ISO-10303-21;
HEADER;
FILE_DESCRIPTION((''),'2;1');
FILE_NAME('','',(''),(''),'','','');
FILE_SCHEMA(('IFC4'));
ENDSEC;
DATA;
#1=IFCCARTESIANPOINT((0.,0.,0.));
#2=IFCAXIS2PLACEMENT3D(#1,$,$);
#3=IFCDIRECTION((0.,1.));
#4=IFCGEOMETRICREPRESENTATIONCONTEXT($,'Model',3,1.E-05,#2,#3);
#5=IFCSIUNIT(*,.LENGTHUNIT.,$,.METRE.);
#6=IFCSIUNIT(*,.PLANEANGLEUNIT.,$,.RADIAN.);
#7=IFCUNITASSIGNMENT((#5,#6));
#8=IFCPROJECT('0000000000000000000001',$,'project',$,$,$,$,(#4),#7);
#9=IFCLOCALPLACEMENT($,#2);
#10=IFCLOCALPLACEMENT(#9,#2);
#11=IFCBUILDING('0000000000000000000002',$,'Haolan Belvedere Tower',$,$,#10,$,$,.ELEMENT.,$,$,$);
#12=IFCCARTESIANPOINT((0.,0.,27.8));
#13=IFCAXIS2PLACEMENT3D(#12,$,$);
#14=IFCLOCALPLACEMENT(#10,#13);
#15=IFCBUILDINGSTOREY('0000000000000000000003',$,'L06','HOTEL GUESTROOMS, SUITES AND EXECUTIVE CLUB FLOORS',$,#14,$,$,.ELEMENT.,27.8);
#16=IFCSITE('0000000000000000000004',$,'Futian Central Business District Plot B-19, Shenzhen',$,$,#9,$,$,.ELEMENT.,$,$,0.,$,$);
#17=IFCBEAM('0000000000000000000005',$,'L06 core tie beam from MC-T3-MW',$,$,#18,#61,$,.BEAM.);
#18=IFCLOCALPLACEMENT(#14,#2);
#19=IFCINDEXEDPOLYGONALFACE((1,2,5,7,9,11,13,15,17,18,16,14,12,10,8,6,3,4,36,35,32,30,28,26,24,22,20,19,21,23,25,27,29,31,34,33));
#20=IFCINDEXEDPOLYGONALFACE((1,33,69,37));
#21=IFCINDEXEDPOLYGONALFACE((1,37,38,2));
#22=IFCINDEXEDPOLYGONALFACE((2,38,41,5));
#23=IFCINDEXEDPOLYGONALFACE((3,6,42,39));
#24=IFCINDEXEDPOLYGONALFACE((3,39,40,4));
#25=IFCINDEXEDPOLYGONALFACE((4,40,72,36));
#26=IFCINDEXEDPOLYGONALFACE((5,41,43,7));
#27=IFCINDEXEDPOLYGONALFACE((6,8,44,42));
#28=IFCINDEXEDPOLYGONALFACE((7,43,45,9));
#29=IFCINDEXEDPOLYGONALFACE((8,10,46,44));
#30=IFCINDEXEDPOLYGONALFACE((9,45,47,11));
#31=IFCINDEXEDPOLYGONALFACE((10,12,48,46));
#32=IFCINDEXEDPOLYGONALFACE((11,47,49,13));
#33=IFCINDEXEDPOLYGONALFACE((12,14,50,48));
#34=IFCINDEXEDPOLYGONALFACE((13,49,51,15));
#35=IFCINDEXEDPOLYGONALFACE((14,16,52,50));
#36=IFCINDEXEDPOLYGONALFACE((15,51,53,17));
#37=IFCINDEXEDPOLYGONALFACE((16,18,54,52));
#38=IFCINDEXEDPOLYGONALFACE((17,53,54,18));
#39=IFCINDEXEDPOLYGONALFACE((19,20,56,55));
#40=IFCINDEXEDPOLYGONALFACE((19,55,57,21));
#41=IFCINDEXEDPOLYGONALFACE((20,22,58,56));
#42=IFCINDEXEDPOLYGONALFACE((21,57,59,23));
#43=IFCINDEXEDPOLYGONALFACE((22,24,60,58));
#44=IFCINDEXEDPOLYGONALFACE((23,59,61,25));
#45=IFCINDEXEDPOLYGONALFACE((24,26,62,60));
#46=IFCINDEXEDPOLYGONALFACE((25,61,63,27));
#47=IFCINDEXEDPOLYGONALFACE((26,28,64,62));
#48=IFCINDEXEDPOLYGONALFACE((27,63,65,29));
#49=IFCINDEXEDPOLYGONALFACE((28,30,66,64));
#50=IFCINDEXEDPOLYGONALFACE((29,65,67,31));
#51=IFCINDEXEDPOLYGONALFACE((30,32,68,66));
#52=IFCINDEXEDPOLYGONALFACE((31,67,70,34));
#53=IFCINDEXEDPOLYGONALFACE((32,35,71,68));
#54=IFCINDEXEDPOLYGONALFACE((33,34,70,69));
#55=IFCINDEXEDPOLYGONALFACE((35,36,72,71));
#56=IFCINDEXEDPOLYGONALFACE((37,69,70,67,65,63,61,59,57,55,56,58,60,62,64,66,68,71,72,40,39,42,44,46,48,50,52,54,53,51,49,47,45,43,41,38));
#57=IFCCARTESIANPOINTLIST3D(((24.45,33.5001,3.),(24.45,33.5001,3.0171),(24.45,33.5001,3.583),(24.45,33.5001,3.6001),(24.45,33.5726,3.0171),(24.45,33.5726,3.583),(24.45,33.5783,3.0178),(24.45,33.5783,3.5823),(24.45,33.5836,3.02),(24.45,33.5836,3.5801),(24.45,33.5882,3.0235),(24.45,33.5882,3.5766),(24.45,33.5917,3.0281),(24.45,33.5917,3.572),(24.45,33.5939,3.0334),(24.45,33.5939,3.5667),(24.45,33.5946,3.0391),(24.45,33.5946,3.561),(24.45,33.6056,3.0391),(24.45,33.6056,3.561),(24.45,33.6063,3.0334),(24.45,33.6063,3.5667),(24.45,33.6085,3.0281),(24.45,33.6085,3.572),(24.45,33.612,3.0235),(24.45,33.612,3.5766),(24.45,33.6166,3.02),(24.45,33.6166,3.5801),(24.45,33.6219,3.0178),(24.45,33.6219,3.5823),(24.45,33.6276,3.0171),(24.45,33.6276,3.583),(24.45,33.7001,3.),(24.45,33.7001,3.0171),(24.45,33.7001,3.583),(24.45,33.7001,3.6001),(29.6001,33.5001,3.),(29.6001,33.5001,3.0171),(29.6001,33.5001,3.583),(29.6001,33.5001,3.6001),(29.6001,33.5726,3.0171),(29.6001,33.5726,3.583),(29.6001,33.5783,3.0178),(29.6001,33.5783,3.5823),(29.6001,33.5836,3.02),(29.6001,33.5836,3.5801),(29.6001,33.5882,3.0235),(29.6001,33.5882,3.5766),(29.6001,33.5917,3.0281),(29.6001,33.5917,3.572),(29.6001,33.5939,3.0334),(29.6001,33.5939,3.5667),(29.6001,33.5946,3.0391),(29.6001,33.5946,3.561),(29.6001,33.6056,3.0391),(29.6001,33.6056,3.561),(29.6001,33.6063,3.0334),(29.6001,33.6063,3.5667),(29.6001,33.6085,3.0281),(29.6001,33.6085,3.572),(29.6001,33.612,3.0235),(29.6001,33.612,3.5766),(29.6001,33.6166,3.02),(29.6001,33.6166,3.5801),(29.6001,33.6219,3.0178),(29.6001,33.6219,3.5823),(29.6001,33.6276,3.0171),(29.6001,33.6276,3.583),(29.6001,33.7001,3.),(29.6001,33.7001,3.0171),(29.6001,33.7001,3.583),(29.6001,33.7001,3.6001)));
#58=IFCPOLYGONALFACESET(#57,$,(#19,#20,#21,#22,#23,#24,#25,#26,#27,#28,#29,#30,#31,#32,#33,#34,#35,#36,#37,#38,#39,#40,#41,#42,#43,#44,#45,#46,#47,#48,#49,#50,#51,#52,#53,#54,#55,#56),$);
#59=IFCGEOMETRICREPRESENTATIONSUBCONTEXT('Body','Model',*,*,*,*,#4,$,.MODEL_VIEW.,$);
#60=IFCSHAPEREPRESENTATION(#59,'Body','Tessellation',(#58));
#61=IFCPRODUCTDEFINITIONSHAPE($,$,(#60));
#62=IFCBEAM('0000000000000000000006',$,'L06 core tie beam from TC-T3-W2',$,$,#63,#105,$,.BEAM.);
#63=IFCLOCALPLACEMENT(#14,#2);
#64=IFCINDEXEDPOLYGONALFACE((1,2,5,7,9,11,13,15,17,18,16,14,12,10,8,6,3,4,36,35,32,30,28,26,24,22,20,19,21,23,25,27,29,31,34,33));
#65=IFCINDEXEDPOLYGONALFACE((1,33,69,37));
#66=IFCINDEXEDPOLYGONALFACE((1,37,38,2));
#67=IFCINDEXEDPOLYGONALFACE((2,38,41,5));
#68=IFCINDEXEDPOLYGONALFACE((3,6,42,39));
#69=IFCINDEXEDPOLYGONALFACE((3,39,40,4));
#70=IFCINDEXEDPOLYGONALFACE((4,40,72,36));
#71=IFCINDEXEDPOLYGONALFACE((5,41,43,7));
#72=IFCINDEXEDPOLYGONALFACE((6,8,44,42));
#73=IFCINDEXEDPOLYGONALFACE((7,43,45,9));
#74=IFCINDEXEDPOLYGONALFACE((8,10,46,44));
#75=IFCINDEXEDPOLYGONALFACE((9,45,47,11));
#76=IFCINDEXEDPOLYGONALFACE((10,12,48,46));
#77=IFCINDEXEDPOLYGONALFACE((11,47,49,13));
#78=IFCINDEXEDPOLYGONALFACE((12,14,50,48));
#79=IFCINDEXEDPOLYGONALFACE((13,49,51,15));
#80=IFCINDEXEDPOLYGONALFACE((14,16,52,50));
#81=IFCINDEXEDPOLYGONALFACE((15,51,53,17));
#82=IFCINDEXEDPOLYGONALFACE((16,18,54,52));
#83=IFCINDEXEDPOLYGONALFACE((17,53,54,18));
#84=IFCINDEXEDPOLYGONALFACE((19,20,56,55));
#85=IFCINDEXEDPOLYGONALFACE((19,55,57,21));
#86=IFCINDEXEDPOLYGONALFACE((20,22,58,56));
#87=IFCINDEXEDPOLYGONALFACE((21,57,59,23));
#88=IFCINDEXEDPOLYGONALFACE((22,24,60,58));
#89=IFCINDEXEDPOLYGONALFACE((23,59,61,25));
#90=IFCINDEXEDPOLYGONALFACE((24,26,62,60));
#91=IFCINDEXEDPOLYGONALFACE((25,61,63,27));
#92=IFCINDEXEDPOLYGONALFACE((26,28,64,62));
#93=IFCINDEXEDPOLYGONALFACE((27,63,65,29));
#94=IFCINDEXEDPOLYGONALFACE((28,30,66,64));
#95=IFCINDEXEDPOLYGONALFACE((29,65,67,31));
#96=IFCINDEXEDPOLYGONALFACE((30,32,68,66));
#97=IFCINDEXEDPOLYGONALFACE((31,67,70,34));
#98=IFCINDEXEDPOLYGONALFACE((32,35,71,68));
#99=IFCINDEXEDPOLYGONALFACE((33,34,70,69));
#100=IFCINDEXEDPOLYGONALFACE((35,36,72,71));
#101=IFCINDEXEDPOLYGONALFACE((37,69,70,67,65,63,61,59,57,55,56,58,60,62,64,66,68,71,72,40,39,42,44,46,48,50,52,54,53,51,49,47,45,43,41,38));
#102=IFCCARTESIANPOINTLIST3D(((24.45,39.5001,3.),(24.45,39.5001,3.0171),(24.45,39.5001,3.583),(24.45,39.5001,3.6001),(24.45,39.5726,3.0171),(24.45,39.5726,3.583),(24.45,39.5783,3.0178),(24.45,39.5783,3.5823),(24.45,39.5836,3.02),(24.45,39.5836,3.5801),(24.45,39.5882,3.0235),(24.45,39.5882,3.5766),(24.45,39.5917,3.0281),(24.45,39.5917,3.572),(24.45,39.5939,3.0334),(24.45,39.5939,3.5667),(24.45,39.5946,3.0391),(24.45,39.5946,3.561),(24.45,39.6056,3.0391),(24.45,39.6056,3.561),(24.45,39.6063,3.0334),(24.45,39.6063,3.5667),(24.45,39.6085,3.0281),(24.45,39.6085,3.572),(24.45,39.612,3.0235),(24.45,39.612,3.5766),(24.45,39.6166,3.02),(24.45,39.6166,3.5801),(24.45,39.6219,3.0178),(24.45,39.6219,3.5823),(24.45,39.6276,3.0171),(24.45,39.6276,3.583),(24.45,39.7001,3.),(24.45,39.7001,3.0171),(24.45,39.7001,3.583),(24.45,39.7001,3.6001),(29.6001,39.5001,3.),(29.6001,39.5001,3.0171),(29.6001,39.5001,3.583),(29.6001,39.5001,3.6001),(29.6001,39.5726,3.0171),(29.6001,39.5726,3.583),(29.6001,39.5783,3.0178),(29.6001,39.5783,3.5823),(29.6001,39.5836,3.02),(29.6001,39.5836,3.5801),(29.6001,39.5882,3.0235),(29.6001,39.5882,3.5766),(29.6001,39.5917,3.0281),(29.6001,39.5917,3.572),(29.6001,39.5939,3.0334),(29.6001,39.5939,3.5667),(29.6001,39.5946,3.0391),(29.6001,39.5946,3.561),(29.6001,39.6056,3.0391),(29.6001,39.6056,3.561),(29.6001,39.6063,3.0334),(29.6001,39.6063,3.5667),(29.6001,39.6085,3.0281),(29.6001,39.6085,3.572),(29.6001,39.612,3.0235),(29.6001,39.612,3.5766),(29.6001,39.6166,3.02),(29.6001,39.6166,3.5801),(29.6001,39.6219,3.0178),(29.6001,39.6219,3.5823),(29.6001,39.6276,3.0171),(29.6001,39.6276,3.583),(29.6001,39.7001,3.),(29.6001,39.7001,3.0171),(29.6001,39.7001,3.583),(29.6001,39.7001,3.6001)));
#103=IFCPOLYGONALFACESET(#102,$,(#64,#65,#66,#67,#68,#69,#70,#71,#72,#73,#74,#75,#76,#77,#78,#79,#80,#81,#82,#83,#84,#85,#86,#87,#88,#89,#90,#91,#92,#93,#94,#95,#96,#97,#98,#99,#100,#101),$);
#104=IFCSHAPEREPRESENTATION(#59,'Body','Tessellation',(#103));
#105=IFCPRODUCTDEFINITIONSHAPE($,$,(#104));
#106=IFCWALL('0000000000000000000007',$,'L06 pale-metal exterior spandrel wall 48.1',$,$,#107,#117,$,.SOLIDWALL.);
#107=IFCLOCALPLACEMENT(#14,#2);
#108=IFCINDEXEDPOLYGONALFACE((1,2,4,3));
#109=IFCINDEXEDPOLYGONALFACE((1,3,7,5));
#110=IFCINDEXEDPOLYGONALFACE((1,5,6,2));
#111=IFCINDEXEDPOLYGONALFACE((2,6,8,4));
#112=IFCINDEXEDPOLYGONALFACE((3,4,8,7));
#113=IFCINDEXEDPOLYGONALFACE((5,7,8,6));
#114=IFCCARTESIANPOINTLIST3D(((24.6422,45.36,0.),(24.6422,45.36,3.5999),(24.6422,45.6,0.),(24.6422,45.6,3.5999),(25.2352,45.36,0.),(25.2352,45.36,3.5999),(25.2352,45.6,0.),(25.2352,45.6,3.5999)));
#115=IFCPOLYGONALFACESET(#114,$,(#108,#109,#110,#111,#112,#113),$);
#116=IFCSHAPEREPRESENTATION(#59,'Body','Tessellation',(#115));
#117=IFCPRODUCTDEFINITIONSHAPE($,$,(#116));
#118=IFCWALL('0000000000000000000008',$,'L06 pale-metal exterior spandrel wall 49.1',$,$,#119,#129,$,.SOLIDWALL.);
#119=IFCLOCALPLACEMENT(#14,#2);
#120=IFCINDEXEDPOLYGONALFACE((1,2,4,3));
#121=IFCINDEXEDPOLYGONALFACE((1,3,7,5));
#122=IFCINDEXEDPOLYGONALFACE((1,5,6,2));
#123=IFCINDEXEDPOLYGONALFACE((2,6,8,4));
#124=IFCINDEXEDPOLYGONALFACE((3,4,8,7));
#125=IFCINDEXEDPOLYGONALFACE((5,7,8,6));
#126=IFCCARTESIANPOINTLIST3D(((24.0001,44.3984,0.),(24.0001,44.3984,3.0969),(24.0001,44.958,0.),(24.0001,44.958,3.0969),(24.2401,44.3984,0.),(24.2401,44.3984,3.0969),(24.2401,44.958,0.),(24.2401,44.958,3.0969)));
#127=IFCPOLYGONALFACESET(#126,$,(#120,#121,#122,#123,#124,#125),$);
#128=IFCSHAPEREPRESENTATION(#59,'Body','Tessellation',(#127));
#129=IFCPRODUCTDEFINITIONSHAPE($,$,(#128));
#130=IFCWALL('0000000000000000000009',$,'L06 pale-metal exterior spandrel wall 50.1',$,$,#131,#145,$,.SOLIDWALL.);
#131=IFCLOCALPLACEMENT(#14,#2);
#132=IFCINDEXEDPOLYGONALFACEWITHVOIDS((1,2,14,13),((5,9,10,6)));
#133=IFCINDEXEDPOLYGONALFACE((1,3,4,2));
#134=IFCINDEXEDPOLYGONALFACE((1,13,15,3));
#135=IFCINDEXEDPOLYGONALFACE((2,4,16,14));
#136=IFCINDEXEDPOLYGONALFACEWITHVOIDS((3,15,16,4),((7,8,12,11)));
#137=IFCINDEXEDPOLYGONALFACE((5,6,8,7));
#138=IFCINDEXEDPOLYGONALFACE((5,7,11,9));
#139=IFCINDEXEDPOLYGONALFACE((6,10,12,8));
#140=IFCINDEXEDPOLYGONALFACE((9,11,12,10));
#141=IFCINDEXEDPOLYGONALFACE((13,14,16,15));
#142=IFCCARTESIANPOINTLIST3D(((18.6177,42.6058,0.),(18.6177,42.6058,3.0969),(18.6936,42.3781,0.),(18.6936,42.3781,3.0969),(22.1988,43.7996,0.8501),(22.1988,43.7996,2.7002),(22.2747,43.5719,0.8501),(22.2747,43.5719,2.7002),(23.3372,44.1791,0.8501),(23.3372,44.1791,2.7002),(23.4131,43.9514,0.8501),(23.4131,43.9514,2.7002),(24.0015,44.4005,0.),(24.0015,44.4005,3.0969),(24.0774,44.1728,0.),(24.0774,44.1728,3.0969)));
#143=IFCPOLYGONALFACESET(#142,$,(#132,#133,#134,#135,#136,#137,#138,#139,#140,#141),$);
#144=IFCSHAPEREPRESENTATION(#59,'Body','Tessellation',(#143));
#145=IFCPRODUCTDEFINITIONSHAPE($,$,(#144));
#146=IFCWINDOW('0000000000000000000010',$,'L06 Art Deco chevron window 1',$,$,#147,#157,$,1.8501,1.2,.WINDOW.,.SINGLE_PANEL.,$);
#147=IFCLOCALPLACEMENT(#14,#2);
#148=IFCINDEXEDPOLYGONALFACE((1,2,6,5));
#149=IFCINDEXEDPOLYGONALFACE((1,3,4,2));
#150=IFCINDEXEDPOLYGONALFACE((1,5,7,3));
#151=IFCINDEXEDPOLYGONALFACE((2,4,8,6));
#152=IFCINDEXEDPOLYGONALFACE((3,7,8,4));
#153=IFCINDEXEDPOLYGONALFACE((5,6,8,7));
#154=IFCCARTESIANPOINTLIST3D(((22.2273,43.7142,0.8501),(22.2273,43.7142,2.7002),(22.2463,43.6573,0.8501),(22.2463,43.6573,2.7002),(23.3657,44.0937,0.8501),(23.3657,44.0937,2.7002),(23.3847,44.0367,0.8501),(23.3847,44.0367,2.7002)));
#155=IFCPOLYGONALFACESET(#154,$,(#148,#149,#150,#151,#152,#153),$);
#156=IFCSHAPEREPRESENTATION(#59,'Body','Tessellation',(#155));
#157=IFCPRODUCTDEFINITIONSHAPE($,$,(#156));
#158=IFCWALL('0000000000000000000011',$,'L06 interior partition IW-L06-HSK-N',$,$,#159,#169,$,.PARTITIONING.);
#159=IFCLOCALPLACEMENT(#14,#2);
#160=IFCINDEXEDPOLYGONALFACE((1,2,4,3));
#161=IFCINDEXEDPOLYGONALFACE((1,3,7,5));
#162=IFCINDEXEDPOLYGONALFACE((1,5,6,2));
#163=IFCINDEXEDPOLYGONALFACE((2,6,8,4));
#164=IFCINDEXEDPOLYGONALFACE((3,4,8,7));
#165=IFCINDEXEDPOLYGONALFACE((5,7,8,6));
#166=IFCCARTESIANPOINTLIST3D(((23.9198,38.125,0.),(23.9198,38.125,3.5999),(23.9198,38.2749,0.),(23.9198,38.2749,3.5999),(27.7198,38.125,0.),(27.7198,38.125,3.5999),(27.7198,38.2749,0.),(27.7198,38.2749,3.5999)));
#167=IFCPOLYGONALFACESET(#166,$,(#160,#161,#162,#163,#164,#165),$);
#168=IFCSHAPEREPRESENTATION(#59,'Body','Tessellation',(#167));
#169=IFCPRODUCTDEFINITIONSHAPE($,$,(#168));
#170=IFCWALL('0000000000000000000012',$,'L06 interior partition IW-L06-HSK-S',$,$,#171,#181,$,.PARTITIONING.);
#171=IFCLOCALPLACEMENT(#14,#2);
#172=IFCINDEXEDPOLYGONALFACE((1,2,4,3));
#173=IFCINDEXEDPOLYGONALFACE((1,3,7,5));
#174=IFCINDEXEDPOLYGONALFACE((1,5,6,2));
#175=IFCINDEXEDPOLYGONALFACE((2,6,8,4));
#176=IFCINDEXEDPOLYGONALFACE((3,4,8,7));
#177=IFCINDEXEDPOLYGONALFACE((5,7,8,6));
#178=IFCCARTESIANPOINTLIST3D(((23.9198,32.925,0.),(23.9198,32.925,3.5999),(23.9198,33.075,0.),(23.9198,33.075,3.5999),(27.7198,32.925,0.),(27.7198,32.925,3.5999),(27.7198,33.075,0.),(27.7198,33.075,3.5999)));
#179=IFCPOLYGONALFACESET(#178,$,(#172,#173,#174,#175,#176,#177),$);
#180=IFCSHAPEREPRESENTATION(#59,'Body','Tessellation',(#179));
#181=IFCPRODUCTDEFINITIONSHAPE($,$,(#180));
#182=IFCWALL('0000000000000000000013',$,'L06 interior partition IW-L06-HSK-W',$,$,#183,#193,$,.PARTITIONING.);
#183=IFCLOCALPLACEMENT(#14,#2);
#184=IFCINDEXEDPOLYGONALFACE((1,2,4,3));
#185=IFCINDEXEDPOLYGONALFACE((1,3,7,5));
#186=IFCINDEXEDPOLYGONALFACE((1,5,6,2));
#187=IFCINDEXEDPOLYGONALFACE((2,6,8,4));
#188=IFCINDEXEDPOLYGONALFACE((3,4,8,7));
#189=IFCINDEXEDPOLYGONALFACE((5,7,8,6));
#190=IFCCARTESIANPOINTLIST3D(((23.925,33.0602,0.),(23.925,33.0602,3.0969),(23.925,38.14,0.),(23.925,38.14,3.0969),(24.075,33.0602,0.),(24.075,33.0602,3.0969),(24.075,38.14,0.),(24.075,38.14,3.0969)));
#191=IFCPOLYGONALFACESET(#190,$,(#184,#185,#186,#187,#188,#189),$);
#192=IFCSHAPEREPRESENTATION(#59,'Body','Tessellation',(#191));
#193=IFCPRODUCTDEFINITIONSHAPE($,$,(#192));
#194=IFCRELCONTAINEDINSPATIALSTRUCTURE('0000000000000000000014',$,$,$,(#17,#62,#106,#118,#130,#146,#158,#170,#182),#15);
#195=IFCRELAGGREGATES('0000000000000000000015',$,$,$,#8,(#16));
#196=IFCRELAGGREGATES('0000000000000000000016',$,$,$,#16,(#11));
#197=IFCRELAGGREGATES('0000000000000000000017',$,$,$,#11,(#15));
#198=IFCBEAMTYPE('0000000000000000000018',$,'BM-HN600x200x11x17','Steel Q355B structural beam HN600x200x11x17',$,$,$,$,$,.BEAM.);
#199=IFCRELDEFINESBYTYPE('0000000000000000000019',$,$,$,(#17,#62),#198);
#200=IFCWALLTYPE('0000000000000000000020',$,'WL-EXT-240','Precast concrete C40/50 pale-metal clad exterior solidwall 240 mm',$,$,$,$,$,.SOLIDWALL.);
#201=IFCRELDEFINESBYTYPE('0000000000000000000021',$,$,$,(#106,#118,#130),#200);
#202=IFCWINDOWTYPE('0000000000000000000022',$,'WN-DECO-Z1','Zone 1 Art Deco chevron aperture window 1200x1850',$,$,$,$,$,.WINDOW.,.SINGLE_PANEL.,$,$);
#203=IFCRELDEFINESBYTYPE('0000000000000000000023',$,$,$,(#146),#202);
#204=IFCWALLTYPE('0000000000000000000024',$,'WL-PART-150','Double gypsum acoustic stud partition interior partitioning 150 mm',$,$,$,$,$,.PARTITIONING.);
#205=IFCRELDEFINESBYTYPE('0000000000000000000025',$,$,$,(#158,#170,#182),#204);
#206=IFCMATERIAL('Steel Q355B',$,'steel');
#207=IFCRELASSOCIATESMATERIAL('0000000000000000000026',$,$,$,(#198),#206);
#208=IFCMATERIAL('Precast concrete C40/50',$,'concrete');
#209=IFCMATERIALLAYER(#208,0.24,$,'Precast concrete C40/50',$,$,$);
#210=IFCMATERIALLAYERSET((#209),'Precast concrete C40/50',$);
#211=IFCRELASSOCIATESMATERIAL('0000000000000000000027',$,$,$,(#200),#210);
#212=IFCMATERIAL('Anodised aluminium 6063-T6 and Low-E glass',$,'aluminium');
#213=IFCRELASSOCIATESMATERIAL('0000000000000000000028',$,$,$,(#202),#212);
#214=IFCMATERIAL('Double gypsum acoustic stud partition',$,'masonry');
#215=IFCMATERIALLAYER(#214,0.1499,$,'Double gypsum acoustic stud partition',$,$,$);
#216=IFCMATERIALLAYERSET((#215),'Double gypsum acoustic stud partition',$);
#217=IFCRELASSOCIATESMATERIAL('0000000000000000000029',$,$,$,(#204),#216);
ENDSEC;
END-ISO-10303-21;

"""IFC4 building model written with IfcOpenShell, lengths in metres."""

from ifc_helpers import new_model, si_unit, direction, frame, frame_2d, origin, origin_2d, place, context, subcontext, project, spatial, rectangle, i_section, extrude, material, layer, layer_set, material_profile, profile_set, type_object, element, fill, save


model = new_model("IFC4")

# Units and contexts
model_context = context("Model", 3, precision=1e-05, world=origin(), true_north=direction((0.0, 1.0)))
body_context = subcontext(model_context, "Body", "Model", "MODEL_VIEW")
ifc_project = project(units=[si_unit("LENGTHUNIT", "METRE"), si_unit("PLANEANGLEUNIT", "RADIAN")], contexts=[model_context])

# Site, building, storey
site_placement = place(None, origin())
site = spatial("IfcSite", under=ifc_project, at=site_placement, Name="Futian Central Business District Plot B-19, Shenzhen", CompositionType="ELEMENT", RefElevation=0.0)
building_placement = place(site_placement, origin())
building = spatial("IfcBuilding", under=site, at=building_placement, Name="Haolan Belvedere Tower", CompositionType="ELEMENT")
storey_placement = place(building_placement, frame((0.0, 0.0, 27.8)))
storey = spatial("IfcBuildingStorey", under=building, at=storey_placement, Name="L06", Description="HOTEL GUESTROOMS, SUITES AND EXECUTIVE CLUB FLOORS", CompositionType="ELEMENT", Elevation=27.8)

# Shared definitions
ifc_material_1 = material(Name="Steel Q355B", Category="steel")

# Beams
ifc_material_profile_1 = material_profile(ifc_material_1, i_section(OverallWidth=0.2, OverallDepth=0.6001, WebThickness=0.011, FlangeThickness=0.0171, FilletRadius=0.022, at=origin_2d()), Name="Steel Q355B")
ifc_profile_set_1 = profile_set([ifc_material_profile_1], Name="Steel Q355B")
beam_type_1 = type_object("IfcBeamType", Name="BM-HN600x200x11x17", Description="Steel Q355B structural beam HN600x200x11x17", PredefinedType="BEAM", material=ifc_profile_set_1)
for number, where, z_axis, x_axis, name in (
    (1, (24.45, 33.6001, 3.3), (1.0, 0.0, 0.0), (0.0, 1.0, 0.0), "L06 core tie beam from MC-T3-MW"),
    (2, (24.45, 39.6001, 3.3), (1.0, 0.0, 0.0), (0.0, 1.0, 0.0), "L06 core tie beam from TC-T3-W2"),
):
    element("IfcBeam", number, at=place(storey_placement, frame(where, z_axis=z_axis, x_axis=x_axis)), inside=storey, type_object=beam_type_1, Name=name, PredefinedType="BEAM", context=body_context, shape_type="SweptSolid", body=[
        extrude(i_section(OverallWidth=0.2, OverallDepth=0.6001, WebThickness=0.011, FlangeThickness=0.0171, FilletRadius=0.022, at=origin_2d()), origin(), (0.0, 0.0, 1.0), 5.1501),
    ])

# Walls
ifc_material_2 = material(Name="Precast concrete C40/50", Category="concrete")
ifc_layer_1 = layer(ifc_material_2, 0.24, Name="Precast concrete C40/50")
ifc_layer_set_1 = layer_set([ifc_layer_1], Name="Precast concrete C40/50")
wall_type_1 = type_object("IfcWallType", Name="WL-EXT-240", Description="Precast concrete C40/50 pale-metal clad exterior solidwall 240 mm", PredefinedType="SOLIDWALL", material=ifc_layer_set_1)
wall_1_placement = place(storey_placement, frame((25.2351, 45.48, 0.0), z_axis=(0.0, 0.0, 1.0), x_axis=(-1.0, 0.0, 0.0)))
element("IfcWall", 3, at=wall_1_placement, inside=storey, type_object=wall_type_1, Name="L06 pale-metal exterior spandrel wall 48.1", PredefinedType="SOLIDWALL", context=body_context, shape_type="SweptSolid", body=[
    extrude(rectangle(XDim=0.593, YDim=0.24, at=frame_2d((0.2964, 0.0))), origin(), (0.0, 0.0, 1.0), 3.5999),
])
wall_2_placement = place(storey_placement, frame((24.1201, 44.958, 0.0), z_axis=(0.0, 0.0, 1.0), x_axis=(0.0, -1.0, 0.0)))
element("IfcWall", 4, at=wall_2_placement, inside=storey, type_object=wall_type_1, Name="L06 pale-metal exterior spandrel wall 49.1", PredefinedType="SOLIDWALL", context=body_context, shape_type="SweptSolid", body=[
    extrude(rectangle(XDim=0.5596, YDim=0.24, at=frame_2d((0.2798, 0.0))), origin(), (0.0, 0.0, 1.0), 3.0969),
])

# Wall, opening, window
wall_3_placement = place(storey_placement, frame((24.0393, 44.2866, 0.0), z_axis=(0.0, 0.0, 1.0), x_axis=(-0.948679, -0.316241, 0.0)))
wall_3 = element("IfcWall", 5, at=wall_3_placement, inside=storey, type_object=wall_type_1, Name="L06 pale-metal exterior spandrel wall 50.1", PredefinedType="SOLIDWALL", context=body_context, shape_type="SweptSolid", body=[
    extrude(rectangle(XDim=5.675, YDim=0.24, at=frame_2d((2.8374, 0.0))), origin(), (0.0, 0.0, 1.0), 3.0969),
])
opening_1_placement = place(wall_3_placement, frame((0.7, 0.0, 0.8501)))
opening_1 = element("IfcOpeningElement", 6, at=opening_1_placement, cuts=wall_3, PredefinedType="OPENING", context=body_context, shape_type="SweptSolid", body=[
    extrude(rectangle(XDim=1.2, YDim=1.8501, at=frame_2d((0.6001, 0.925))), frame((0.0, 0.1299, 0.0), z_axis=(0.0, -1.0, 0.0), x_axis=(1.0, 0.0, 0.0)), (0.0, 0.0, 1.0), 0.26),
])
ifc_material_3 = material(Name="Anodised aluminium 6063-T6 and Low-E glass", Category="aluminium")
window_type = type_object("IfcWindowType", Name="WN-DECO-Z1", Description="Zone 1 Art Deco chevron aperture window 1200x1850", PartitioningType="SINGLE_PANEL", PredefinedType="WINDOW", material=ifc_material_3)
window_placement = place(opening_1_placement, origin())
window = element("IfcWindow", 7, at=window_placement, inside=storey, type_object=window_type, Name="L06 Art Deco chevron window 1", OverallHeight=1.8501, OverallWidth=1.2, PartitioningType="SINGLE_PANEL", PredefinedType="WINDOW", context=body_context, shape_type="SweptSolid", body=[
    extrude(rectangle(XDim=1.2, YDim=1.8501, at=frame_2d((0.6001, 0.925))), frame((0.0, 0.03, 0.0), z_axis=(0.0, -1.0, 0.0), x_axis=(1.0, 0.0, 0.0)), (0.0, 0.0, 1.0), 0.0601),
])
fill(opening_1, window)

# Walls
ifc_material_4 = material(Name="Double gypsum acoustic stud partition", Category="masonry")
ifc_layer_2 = layer(ifc_material_4, 0.1499, Name="Double gypsum acoustic stud partition")
ifc_layer_set_2 = layer_set([ifc_layer_2], Name="Double gypsum acoustic stud partition")
wall_type_2 = type_object("IfcWallType", Name="WL-PART-150", Description="Double gypsum acoustic stud partition interior partitioning 150 mm", PredefinedType="PARTITIONING", material=ifc_layer_set_2)
for number, where, z_axis, x_axis, name in (
    (8, (23.9199, 38.2, 0.0), (0.0, 0.0, 1.0), (1.0, 0.0, 0.0), "L06 interior partition IW-L06-HSK-N"),
    (9, (23.9199, 33.0, 0.0), (0.0, 0.0, 1.0), (1.0, 0.0, 0.0), "L06 interior partition IW-L06-HSK-S"),
):
    element("IfcWall", number, at=place(storey_placement, frame(where, z_axis=z_axis, x_axis=x_axis)), inside=storey, type_object=wall_type_2, Name=name, PredefinedType="PARTITIONING", context=body_context, shape_type="SweptSolid", body=[
        extrude(rectangle(XDim=3.8, YDim=0.1499, at=frame_2d((1.8999, 0.0))), origin(), (0.0, 0.0, 1.0), 3.5999),
    ])
wall_4_placement = place(storey_placement, frame((24.0, 33.0601, 0.0), z_axis=(0.0, 0.0, 1.0), x_axis=(0.0, 1.0, 0.0)))
element("IfcWall", 10, at=wall_4_placement, inside=storey, type_object=wall_type_2, Name="L06 interior partition IW-L06-HSK-W", PredefinedType="PARTITIONING", context=body_context, shape_type="SweptSolid", body=[
    extrude(rectangle(XDim=5.0798, YDim=0.1499, at=frame_2d((2.54, 0.0))), origin(), (0.0, 0.0, 1.0), 3.0969),
])

save(model, "model.ifc")
